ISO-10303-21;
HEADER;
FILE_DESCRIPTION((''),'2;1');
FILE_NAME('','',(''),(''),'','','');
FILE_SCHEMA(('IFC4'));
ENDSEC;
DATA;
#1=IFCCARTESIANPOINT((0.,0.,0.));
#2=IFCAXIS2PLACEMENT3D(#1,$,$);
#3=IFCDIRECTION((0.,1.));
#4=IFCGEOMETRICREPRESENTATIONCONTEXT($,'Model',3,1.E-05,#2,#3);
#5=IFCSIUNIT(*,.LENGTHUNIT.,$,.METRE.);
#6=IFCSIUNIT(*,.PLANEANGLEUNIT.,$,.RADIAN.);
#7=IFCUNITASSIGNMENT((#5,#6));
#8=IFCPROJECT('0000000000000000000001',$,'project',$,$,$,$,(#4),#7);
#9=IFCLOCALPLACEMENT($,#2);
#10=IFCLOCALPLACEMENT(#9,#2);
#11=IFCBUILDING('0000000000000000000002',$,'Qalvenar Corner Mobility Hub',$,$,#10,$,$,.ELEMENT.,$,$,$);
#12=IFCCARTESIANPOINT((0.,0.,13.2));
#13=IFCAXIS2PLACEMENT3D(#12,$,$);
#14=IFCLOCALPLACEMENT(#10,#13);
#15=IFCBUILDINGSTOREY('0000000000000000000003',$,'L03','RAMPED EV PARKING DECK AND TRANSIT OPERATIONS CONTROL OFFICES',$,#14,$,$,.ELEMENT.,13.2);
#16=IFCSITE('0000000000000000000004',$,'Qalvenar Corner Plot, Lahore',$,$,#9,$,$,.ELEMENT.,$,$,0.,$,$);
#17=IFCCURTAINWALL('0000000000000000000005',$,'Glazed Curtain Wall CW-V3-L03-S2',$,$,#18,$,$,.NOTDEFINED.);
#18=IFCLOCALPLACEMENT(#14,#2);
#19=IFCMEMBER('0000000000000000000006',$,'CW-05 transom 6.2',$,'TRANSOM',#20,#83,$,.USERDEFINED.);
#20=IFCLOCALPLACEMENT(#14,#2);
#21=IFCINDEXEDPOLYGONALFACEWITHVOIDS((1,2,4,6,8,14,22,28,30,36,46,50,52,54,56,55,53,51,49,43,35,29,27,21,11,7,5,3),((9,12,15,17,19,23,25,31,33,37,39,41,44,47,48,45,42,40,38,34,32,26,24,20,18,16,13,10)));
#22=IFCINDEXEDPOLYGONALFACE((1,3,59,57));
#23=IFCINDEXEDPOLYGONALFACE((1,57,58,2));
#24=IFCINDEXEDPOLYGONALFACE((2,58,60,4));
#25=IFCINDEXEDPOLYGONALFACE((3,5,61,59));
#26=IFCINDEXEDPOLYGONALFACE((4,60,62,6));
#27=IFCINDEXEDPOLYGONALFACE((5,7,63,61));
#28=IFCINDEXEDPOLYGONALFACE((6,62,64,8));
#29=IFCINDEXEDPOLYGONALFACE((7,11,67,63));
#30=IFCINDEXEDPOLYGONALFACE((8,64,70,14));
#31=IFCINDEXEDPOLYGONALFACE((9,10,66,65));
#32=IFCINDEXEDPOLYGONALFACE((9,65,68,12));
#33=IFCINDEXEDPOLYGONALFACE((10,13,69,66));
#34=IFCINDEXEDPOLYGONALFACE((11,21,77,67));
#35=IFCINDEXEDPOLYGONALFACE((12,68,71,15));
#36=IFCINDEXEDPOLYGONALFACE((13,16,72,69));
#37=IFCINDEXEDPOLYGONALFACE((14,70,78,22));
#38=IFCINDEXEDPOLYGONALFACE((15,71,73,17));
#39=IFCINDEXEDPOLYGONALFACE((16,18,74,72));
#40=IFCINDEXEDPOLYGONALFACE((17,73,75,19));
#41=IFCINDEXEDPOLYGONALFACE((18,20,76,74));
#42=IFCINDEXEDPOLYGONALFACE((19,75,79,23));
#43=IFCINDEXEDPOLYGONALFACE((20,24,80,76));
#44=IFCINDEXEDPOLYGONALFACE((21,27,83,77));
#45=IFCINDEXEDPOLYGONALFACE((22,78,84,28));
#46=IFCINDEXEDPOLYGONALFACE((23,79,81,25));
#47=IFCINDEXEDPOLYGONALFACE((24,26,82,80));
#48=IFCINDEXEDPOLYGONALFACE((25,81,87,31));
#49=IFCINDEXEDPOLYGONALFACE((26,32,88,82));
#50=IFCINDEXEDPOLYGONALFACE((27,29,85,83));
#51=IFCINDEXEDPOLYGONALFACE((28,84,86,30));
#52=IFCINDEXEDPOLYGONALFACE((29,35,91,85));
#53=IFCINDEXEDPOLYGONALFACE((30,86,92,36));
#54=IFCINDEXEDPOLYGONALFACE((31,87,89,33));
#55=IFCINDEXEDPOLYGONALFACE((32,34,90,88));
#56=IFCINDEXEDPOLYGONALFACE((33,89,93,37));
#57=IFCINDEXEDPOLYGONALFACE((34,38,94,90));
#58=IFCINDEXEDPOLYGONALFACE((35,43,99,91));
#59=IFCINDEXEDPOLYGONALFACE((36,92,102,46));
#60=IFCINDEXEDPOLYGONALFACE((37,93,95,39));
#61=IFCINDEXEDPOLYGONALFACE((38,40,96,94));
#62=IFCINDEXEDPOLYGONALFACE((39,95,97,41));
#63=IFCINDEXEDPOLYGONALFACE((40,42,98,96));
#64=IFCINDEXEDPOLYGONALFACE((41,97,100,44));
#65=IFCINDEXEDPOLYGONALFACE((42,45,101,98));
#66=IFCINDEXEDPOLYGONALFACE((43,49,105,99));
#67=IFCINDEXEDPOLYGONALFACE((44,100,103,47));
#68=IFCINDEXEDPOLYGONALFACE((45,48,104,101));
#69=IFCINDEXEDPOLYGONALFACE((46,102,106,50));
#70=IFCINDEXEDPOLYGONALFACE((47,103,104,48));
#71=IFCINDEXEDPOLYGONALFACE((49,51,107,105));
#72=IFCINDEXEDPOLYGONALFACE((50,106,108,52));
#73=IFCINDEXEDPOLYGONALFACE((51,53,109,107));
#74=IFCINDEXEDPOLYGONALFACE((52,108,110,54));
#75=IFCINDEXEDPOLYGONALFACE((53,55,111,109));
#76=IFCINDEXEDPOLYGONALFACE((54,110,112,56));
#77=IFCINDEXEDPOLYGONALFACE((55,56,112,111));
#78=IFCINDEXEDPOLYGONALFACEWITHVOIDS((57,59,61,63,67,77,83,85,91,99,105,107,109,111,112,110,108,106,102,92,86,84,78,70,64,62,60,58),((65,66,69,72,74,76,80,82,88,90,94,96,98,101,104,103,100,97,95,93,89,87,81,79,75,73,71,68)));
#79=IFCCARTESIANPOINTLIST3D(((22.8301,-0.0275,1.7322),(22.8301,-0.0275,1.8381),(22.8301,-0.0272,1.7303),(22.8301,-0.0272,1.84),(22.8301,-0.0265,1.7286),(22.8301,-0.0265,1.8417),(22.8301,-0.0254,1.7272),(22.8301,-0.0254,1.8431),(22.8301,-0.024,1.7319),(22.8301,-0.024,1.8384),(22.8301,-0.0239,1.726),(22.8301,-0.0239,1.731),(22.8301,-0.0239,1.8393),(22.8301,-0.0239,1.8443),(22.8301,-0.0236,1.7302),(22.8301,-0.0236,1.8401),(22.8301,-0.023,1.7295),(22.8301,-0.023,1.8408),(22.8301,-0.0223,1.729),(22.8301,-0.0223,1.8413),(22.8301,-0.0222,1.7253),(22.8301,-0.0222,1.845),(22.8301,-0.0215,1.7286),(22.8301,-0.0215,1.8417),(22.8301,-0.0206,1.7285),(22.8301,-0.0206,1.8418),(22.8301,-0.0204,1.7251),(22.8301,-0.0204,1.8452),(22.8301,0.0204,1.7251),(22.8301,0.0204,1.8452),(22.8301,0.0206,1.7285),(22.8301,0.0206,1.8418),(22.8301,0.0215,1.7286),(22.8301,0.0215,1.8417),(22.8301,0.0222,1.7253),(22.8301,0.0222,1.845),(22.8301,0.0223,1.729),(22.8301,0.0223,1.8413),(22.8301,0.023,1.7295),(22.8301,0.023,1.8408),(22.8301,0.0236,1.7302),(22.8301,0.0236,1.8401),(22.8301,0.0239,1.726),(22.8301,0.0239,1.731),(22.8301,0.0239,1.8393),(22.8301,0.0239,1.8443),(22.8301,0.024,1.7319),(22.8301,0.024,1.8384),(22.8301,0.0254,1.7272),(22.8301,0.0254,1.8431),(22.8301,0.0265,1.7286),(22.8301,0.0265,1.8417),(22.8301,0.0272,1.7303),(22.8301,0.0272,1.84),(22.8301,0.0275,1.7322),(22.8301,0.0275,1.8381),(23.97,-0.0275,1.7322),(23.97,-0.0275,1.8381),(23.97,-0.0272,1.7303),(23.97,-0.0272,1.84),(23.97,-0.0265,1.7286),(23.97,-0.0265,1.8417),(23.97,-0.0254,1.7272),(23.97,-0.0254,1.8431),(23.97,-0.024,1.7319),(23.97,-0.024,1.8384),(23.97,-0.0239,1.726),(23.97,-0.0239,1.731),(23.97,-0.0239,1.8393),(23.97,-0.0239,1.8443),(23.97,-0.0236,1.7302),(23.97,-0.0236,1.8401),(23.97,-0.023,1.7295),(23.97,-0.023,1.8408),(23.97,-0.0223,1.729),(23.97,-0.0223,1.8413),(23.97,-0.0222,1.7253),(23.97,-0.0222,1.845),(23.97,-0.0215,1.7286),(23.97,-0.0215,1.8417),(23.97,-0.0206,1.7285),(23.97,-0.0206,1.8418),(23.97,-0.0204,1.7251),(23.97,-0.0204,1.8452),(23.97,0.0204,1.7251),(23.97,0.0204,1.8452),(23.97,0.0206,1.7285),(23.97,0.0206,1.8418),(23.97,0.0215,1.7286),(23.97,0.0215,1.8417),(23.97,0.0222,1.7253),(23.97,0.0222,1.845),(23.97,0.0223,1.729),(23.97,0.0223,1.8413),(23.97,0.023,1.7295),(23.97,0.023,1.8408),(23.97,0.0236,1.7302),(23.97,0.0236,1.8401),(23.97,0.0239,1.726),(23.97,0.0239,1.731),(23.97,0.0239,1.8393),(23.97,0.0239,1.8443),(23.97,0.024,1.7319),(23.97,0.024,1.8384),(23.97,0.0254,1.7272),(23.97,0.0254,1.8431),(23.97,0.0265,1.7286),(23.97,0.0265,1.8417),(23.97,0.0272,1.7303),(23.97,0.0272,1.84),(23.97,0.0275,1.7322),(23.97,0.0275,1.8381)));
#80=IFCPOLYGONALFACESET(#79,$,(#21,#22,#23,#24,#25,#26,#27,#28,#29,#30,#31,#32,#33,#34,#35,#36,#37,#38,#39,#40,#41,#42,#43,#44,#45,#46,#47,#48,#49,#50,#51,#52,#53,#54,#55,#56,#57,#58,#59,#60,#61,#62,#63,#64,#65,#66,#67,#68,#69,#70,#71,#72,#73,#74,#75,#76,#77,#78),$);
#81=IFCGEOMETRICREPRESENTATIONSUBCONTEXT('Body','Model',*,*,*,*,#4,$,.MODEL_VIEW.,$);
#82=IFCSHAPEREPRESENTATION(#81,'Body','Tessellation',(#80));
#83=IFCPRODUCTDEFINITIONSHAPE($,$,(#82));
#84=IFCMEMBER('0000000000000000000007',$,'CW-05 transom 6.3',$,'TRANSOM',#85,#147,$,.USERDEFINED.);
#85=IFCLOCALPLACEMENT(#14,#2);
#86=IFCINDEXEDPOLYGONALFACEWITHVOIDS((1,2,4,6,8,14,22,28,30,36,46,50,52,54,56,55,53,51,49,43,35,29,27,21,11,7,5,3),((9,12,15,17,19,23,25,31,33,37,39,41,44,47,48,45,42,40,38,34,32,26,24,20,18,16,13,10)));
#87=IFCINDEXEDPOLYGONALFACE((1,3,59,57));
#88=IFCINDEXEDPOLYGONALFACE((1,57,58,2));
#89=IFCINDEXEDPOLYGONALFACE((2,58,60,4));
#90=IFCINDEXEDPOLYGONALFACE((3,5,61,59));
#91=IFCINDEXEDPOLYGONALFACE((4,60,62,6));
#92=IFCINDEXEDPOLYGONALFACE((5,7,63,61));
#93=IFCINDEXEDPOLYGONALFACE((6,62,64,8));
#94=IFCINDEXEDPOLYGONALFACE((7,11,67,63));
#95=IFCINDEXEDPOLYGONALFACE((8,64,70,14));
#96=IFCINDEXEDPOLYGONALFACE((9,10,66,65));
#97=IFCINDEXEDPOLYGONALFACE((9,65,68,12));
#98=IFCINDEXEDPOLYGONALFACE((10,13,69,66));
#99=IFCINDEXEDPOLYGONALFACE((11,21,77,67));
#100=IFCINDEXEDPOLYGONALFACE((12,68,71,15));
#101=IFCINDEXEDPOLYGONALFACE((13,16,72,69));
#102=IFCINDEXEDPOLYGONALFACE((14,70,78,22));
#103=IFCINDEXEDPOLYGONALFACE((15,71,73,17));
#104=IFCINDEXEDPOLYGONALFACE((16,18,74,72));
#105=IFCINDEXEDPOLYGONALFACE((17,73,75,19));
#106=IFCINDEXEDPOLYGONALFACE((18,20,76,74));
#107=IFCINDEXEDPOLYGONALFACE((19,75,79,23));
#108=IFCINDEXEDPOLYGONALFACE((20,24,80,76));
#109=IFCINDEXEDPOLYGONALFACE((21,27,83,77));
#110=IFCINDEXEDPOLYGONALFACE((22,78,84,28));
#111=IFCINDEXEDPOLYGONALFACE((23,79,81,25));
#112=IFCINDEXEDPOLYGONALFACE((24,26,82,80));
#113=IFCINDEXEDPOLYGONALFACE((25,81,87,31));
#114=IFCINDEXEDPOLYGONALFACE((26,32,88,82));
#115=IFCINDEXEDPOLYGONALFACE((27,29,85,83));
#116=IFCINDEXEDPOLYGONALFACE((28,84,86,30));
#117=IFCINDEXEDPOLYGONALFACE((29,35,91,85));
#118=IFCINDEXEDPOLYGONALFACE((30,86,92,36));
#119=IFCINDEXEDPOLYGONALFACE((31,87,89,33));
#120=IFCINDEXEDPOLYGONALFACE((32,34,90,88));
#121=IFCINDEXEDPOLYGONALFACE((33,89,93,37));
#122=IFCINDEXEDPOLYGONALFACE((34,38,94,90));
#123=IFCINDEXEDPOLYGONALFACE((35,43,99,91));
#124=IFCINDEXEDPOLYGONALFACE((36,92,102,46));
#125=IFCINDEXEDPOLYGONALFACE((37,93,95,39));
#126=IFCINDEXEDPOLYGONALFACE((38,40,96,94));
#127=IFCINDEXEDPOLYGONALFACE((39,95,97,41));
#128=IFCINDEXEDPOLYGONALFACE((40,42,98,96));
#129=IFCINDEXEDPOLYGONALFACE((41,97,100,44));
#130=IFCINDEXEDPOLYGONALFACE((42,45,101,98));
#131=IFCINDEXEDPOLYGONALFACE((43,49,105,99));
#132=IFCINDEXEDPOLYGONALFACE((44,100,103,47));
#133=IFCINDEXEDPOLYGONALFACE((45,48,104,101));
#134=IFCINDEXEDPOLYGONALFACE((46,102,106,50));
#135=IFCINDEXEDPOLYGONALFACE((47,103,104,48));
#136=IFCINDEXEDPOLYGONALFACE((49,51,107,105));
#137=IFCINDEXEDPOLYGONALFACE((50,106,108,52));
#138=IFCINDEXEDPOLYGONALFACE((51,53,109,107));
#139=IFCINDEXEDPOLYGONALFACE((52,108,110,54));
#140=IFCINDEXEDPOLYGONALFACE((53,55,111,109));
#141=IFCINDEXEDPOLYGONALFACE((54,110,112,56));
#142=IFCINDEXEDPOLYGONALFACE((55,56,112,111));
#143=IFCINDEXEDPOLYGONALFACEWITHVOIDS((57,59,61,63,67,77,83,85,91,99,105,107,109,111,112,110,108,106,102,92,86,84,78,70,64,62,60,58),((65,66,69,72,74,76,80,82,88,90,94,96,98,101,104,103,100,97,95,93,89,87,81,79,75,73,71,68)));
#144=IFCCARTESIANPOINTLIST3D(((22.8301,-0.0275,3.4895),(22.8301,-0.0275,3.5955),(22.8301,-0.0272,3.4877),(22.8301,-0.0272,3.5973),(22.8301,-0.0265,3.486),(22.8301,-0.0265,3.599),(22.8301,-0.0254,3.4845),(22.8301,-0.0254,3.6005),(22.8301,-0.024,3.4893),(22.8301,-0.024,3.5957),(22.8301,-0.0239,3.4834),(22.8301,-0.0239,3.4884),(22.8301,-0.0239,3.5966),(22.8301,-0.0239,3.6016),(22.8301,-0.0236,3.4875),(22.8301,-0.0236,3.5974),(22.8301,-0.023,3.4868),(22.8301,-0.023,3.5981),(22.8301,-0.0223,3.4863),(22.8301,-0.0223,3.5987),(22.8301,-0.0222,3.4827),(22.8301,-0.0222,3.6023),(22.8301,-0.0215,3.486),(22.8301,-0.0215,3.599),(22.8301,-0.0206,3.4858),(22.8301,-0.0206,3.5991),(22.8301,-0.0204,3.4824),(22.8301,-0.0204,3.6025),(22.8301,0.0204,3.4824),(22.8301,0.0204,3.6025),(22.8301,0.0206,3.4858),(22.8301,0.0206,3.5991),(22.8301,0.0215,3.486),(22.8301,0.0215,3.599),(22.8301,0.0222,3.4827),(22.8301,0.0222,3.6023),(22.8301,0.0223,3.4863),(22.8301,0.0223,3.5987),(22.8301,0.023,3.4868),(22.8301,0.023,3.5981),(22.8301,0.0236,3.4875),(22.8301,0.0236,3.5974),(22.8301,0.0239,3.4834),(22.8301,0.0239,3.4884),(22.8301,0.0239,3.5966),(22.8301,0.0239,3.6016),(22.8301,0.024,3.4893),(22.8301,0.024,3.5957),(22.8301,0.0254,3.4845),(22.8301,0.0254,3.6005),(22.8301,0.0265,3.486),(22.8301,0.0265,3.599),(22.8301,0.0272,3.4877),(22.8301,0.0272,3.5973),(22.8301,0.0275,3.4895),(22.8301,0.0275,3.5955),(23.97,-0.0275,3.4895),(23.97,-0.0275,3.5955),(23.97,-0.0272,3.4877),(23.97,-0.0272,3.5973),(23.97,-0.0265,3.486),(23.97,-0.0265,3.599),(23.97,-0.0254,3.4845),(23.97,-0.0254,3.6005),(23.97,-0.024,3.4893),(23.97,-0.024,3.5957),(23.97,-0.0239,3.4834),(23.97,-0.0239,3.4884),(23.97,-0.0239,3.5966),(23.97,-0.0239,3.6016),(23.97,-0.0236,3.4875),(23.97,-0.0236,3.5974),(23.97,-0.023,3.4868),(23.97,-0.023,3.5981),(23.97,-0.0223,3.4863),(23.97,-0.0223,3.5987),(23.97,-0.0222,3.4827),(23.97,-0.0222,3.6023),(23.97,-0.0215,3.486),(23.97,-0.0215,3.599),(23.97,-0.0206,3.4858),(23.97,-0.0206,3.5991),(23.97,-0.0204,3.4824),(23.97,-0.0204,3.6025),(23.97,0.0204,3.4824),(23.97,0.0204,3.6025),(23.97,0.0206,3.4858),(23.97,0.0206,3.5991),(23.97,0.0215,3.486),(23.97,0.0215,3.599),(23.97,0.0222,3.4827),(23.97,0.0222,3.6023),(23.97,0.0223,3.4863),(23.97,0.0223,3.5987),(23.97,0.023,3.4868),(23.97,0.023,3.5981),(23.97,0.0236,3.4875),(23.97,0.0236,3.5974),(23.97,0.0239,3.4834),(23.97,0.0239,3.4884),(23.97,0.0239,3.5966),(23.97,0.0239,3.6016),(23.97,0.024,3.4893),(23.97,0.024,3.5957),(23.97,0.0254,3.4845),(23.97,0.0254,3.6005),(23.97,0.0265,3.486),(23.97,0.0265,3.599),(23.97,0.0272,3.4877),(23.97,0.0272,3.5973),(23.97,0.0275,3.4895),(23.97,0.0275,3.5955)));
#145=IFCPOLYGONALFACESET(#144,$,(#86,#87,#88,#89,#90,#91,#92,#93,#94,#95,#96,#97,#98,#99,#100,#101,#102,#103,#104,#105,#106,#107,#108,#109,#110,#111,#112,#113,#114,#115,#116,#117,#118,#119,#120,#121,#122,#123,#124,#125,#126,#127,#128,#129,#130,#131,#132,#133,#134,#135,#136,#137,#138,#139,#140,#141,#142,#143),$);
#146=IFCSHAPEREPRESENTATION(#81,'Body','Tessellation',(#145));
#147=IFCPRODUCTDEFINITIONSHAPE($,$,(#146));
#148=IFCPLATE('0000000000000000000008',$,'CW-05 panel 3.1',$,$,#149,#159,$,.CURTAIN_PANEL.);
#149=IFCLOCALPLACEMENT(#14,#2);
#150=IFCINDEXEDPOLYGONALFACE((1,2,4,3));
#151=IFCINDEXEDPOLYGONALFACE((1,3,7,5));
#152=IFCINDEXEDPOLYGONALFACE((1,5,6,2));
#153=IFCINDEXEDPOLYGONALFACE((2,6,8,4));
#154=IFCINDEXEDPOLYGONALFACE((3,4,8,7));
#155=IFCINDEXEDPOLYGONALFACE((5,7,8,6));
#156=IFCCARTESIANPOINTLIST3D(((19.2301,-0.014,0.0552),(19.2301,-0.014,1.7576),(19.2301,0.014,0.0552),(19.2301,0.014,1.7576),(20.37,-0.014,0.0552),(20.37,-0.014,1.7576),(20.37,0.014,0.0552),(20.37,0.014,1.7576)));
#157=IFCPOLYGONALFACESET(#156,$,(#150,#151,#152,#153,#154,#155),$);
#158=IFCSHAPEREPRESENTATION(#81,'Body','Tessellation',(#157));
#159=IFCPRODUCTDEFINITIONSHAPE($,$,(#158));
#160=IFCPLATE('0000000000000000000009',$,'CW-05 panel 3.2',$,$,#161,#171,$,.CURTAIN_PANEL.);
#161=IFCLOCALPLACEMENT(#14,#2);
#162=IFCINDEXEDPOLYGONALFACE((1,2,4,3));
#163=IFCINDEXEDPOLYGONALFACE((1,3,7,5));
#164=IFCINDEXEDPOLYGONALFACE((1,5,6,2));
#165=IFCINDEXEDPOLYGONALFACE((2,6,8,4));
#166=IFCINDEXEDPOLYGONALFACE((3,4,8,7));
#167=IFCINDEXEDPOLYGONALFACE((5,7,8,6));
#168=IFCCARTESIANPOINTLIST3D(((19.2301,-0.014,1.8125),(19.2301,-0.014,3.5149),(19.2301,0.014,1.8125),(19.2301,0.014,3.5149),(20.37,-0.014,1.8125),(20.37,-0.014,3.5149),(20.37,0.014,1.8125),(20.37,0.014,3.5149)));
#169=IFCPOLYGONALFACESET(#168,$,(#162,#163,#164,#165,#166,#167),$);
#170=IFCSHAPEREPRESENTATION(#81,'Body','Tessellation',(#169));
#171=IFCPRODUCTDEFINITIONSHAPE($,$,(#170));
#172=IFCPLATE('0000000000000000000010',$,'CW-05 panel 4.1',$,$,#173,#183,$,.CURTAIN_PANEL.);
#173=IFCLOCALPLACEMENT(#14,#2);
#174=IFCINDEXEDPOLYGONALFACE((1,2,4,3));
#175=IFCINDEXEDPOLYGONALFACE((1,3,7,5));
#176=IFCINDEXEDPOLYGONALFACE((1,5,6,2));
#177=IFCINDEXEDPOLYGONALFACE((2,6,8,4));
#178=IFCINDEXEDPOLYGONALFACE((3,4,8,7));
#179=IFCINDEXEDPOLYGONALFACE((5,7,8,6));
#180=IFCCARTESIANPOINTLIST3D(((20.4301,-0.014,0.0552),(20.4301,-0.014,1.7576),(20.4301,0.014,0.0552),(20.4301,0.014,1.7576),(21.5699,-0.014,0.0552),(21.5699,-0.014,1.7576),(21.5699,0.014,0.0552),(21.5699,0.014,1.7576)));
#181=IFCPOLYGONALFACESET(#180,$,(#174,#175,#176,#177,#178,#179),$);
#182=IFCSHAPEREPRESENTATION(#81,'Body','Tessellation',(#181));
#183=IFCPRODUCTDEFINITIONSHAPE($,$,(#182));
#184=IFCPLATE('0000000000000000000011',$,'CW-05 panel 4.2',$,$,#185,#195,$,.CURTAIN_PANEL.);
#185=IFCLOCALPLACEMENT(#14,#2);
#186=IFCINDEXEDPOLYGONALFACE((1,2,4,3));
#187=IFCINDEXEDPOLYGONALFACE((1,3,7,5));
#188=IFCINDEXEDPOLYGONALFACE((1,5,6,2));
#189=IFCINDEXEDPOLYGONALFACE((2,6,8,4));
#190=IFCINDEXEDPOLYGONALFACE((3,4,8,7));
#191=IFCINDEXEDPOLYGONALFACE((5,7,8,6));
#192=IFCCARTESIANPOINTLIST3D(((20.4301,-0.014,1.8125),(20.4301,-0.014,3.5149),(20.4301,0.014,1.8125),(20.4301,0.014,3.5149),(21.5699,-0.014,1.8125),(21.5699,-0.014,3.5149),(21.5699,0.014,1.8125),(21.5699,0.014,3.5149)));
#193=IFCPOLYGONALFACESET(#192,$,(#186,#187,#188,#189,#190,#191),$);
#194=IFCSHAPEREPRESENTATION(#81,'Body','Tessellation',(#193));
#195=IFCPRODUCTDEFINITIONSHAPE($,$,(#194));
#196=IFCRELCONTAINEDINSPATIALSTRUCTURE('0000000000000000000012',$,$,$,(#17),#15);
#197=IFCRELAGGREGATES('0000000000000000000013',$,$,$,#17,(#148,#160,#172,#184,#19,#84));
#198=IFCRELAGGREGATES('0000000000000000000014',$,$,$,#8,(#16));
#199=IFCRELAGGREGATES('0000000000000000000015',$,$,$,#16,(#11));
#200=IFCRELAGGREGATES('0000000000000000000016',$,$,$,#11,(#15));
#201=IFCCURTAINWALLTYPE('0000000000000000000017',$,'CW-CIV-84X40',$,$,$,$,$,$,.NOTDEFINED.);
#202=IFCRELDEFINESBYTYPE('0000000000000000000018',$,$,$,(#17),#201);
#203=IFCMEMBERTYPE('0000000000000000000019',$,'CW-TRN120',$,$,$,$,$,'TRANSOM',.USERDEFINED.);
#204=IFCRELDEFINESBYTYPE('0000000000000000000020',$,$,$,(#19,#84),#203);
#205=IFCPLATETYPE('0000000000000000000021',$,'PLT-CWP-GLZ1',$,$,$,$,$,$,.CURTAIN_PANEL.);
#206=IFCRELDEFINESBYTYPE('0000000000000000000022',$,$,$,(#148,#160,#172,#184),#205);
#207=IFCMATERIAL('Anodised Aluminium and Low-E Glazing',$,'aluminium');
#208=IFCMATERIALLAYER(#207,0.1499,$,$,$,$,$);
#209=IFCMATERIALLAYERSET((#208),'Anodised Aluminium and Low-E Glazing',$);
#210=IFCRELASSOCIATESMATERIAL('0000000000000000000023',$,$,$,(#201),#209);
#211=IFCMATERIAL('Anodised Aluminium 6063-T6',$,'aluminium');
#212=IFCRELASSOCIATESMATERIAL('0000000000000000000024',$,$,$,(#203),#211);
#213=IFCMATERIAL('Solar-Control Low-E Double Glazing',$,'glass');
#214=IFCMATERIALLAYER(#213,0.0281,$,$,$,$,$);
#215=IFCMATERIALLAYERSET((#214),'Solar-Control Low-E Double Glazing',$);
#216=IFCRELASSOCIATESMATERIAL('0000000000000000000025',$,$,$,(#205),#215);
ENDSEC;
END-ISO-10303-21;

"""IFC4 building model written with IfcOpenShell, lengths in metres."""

from ifc_helpers import new_model, si_unit, direction, frame, origin, origin_2d, place, context, subcontext, project, spatial, rectangle, hollow_rectangle, extrude, material, layer, layer_set, material_profile, profile_set, type_object, element, aggregate, save


model = new_model("IFC4")

# Units and contexts
model_context = context("Model", 3, precision=1e-05, world=origin(), true_north=direction((0.0, 1.0)))
body_context = subcontext(model_context, "Body", "Model", "MODEL_VIEW")
ifc_project = project(units=[si_unit("LENGTHUNIT", "METRE"), si_unit("PLANEANGLEUNIT", "RADIAN")], contexts=[model_context])

# Site, building, storey
site_placement = place(None, origin())
site = spatial("IfcSite", under=ifc_project, at=site_placement, Name="Qalvenar Corner Plot, Lahore", CompositionType="ELEMENT", RefElevation=0.0)
building_placement = place(site_placement, origin())
building = spatial("IfcBuilding", under=site, at=building_placement, Name="Qalvenar Corner Mobility Hub", CompositionType="ELEMENT")
storey_placement = place(building_placement, frame((0.0, 0.0, 13.2)))
storey = spatial("IfcBuildingStorey", under=building, at=storey_placement, Name="L03", Description="RAMPED EV PARKING DECK AND TRANSIT OPERATIONS CONTROL OFFICES", CompositionType="ELEMENT", Elevation=13.2)

# Curtain wall, members, plates
ifc_material_1 = material(Name="Anodised Aluminium and Low-E Glazing", Category="aluminium")
ifc_layer_1 = layer(ifc_material_1, 0.1499)
ifc_layer_set_1 = layer_set([ifc_layer_1], Name="Anodised Aluminium and Low-E Glazing")
curtain_wall_type = type_object("IfcCurtainWallType", Name="CW-CIV-84X40", PredefinedType="NOTDEFINED", material=ifc_layer_set_1)
curtain_wall_placement = place(storey_placement, origin())
curtain_wall = element("IfcCurtainWall", 1, at=curtain_wall_placement, inside=storey, type_object=curtain_wall_type, Name="Glazed Curtain Wall CW-V3-L03-S2", PredefinedType="NOTDEFINED")
ifc_material_2 = material(Name="Anodised Aluminium 6063-T6", Category="aluminium")
ifc_material_profile_1 = material_profile(ifc_material_2, hollow_rectangle(XDim=0.0549, YDim=0.1201, WallThickness=0.0034, InnerFilletRadius=0.0034, OuterFilletRadius=0.0071, at=origin_2d()), Name="RHS120x55x3.5")
ifc_profile_set_1 = profile_set([ifc_material_profile_1], Name="Anodised Aluminium 6063-T6")
member_type_1 = type_object("IfcMemberType", Name="CW-TRN120", ElementType="TRANSOM", PredefinedType="USERDEFINED", material=ifc_profile_set_1)
member_1_placement = place(storey_placement, frame((22.8301, 0.0, 1.7852), z_axis=(1.0, 0.0, 0.0), x_axis=(0.0, 1.0, 0.0)))
member_1 = element("IfcMember", 2, at=member_1_placement, type_object=member_type_1, Name="CW-05 transom 6.2", ObjectType="TRANSOM", PredefinedType="USERDEFINED", context=body_context, shape_type="SweptSolid", body=[
    extrude(hollow_rectangle(XDim=0.0549, YDim=0.1201, WallThickness=0.0034, InnerFilletRadius=0.0034, OuterFilletRadius=0.0071, at=origin_2d()), origin(), (0.0, 0.0, 1.0), 1.1399),
])
member_2_placement = place(storey_placement, frame((22.8301, 0.0, 3.5425), z_axis=(1.0, 0.0, 0.0), x_axis=(0.0, 1.0, 0.0)))
member_2 = element("IfcMember", 3, at=member_2_placement, type_object=member_type_1, Name="CW-05 transom 6.3", ObjectType="TRANSOM", PredefinedType="USERDEFINED", context=body_context, shape_type="SweptSolid", body=[
    extrude(hollow_rectangle(XDim=0.0549, YDim=0.1201, WallThickness=0.0034, InnerFilletRadius=0.0034, OuterFilletRadius=0.0071, at=origin_2d()), origin(), (0.0, 0.0, 1.0), 1.1399),
])
ifc_material_3 = material(Name="Solar-Control Low-E Double Glazing", Category="glass")
ifc_layer_2 = layer(ifc_material_3, 0.0281)
ifc_layer_set_2 = layer_set([ifc_layer_2], Name="Solar-Control Low-E Double Glazing")
plate_type = type_object("IfcPlateType", Name="PLT-CWP-GLZ1", PredefinedType="CURTAIN_PANEL", material=ifc_layer_set_2)
plate_1_placement = place(storey_placement, frame((19.8, 0.0, 0.0552), z_axis=(0.0, 0.0, 1.0), x_axis=(1.0, 0.0, 0.0)))
plate_1 = element("IfcPlate", 4, at=plate_1_placement, type_object=plate_type, Name="CW-05 panel 3.1", PredefinedType="CURTAIN_PANEL", context=body_context, shape_type="SweptSolid", body=[
    extrude(rectangle(XDim=1.1399, YDim=0.0281, at=origin_2d()), origin(), (0.0, 0.0, 1.0), 1.7024),
])
plate_2_placement = place(storey_placement, frame((19.8, 0.0, 1.8125), z_axis=(0.0, 0.0, 1.0), x_axis=(1.0, 0.0, 0.0)))
plate_2 = element("IfcPlate", 5, at=plate_2_placement, type_object=plate_type, Name="CW-05 panel 3.2", PredefinedType="CURTAIN_PANEL", context=body_context, shape_type="SweptSolid", body=[
    extrude(rectangle(XDim=1.1399, YDim=0.0281, at=origin_2d()), origin(), (0.0, 0.0, 1.0), 1.7024),
])
plate_3_placement = place(storey_placement, frame((21.0, 0.0, 0.0552), z_axis=(0.0, 0.0, 1.0), x_axis=(1.0, 0.0, 0.0)))
plate_3 = element("IfcPlate", 6, at=plate_3_placement, type_object=plate_type, Name="CW-05 panel 4.1", PredefinedType="CURTAIN_PANEL", context=body_context, shape_type="SweptSolid", body=[
    extrude(rectangle(XDim=1.1399, YDim=0.0281, at=origin_2d()), origin(), (0.0, 0.0, 1.0), 1.7024),
])
plate_4_placement = place(storey_placement, frame((21.0, 0.0, 1.8125), z_axis=(0.0, 0.0, 1.0), x_axis=(1.0, 0.0, 0.0)))
plate_4 = element("IfcPlate", 7, at=plate_4_placement, type_object=plate_type, Name="CW-05 panel 4.2", PredefinedType="CURTAIN_PANEL", context=body_context, shape_type="SweptSolid", body=[
    extrude(rectangle(XDim=1.1399, YDim=0.0281, at=origin_2d()), origin(), (0.0, 0.0, 1.0), 1.7024),
])
aggregate(curtain_wall, [plate_1, plate_2, plate_3, plate_4, member_1, member_2])

save(model, "model.ifc")
